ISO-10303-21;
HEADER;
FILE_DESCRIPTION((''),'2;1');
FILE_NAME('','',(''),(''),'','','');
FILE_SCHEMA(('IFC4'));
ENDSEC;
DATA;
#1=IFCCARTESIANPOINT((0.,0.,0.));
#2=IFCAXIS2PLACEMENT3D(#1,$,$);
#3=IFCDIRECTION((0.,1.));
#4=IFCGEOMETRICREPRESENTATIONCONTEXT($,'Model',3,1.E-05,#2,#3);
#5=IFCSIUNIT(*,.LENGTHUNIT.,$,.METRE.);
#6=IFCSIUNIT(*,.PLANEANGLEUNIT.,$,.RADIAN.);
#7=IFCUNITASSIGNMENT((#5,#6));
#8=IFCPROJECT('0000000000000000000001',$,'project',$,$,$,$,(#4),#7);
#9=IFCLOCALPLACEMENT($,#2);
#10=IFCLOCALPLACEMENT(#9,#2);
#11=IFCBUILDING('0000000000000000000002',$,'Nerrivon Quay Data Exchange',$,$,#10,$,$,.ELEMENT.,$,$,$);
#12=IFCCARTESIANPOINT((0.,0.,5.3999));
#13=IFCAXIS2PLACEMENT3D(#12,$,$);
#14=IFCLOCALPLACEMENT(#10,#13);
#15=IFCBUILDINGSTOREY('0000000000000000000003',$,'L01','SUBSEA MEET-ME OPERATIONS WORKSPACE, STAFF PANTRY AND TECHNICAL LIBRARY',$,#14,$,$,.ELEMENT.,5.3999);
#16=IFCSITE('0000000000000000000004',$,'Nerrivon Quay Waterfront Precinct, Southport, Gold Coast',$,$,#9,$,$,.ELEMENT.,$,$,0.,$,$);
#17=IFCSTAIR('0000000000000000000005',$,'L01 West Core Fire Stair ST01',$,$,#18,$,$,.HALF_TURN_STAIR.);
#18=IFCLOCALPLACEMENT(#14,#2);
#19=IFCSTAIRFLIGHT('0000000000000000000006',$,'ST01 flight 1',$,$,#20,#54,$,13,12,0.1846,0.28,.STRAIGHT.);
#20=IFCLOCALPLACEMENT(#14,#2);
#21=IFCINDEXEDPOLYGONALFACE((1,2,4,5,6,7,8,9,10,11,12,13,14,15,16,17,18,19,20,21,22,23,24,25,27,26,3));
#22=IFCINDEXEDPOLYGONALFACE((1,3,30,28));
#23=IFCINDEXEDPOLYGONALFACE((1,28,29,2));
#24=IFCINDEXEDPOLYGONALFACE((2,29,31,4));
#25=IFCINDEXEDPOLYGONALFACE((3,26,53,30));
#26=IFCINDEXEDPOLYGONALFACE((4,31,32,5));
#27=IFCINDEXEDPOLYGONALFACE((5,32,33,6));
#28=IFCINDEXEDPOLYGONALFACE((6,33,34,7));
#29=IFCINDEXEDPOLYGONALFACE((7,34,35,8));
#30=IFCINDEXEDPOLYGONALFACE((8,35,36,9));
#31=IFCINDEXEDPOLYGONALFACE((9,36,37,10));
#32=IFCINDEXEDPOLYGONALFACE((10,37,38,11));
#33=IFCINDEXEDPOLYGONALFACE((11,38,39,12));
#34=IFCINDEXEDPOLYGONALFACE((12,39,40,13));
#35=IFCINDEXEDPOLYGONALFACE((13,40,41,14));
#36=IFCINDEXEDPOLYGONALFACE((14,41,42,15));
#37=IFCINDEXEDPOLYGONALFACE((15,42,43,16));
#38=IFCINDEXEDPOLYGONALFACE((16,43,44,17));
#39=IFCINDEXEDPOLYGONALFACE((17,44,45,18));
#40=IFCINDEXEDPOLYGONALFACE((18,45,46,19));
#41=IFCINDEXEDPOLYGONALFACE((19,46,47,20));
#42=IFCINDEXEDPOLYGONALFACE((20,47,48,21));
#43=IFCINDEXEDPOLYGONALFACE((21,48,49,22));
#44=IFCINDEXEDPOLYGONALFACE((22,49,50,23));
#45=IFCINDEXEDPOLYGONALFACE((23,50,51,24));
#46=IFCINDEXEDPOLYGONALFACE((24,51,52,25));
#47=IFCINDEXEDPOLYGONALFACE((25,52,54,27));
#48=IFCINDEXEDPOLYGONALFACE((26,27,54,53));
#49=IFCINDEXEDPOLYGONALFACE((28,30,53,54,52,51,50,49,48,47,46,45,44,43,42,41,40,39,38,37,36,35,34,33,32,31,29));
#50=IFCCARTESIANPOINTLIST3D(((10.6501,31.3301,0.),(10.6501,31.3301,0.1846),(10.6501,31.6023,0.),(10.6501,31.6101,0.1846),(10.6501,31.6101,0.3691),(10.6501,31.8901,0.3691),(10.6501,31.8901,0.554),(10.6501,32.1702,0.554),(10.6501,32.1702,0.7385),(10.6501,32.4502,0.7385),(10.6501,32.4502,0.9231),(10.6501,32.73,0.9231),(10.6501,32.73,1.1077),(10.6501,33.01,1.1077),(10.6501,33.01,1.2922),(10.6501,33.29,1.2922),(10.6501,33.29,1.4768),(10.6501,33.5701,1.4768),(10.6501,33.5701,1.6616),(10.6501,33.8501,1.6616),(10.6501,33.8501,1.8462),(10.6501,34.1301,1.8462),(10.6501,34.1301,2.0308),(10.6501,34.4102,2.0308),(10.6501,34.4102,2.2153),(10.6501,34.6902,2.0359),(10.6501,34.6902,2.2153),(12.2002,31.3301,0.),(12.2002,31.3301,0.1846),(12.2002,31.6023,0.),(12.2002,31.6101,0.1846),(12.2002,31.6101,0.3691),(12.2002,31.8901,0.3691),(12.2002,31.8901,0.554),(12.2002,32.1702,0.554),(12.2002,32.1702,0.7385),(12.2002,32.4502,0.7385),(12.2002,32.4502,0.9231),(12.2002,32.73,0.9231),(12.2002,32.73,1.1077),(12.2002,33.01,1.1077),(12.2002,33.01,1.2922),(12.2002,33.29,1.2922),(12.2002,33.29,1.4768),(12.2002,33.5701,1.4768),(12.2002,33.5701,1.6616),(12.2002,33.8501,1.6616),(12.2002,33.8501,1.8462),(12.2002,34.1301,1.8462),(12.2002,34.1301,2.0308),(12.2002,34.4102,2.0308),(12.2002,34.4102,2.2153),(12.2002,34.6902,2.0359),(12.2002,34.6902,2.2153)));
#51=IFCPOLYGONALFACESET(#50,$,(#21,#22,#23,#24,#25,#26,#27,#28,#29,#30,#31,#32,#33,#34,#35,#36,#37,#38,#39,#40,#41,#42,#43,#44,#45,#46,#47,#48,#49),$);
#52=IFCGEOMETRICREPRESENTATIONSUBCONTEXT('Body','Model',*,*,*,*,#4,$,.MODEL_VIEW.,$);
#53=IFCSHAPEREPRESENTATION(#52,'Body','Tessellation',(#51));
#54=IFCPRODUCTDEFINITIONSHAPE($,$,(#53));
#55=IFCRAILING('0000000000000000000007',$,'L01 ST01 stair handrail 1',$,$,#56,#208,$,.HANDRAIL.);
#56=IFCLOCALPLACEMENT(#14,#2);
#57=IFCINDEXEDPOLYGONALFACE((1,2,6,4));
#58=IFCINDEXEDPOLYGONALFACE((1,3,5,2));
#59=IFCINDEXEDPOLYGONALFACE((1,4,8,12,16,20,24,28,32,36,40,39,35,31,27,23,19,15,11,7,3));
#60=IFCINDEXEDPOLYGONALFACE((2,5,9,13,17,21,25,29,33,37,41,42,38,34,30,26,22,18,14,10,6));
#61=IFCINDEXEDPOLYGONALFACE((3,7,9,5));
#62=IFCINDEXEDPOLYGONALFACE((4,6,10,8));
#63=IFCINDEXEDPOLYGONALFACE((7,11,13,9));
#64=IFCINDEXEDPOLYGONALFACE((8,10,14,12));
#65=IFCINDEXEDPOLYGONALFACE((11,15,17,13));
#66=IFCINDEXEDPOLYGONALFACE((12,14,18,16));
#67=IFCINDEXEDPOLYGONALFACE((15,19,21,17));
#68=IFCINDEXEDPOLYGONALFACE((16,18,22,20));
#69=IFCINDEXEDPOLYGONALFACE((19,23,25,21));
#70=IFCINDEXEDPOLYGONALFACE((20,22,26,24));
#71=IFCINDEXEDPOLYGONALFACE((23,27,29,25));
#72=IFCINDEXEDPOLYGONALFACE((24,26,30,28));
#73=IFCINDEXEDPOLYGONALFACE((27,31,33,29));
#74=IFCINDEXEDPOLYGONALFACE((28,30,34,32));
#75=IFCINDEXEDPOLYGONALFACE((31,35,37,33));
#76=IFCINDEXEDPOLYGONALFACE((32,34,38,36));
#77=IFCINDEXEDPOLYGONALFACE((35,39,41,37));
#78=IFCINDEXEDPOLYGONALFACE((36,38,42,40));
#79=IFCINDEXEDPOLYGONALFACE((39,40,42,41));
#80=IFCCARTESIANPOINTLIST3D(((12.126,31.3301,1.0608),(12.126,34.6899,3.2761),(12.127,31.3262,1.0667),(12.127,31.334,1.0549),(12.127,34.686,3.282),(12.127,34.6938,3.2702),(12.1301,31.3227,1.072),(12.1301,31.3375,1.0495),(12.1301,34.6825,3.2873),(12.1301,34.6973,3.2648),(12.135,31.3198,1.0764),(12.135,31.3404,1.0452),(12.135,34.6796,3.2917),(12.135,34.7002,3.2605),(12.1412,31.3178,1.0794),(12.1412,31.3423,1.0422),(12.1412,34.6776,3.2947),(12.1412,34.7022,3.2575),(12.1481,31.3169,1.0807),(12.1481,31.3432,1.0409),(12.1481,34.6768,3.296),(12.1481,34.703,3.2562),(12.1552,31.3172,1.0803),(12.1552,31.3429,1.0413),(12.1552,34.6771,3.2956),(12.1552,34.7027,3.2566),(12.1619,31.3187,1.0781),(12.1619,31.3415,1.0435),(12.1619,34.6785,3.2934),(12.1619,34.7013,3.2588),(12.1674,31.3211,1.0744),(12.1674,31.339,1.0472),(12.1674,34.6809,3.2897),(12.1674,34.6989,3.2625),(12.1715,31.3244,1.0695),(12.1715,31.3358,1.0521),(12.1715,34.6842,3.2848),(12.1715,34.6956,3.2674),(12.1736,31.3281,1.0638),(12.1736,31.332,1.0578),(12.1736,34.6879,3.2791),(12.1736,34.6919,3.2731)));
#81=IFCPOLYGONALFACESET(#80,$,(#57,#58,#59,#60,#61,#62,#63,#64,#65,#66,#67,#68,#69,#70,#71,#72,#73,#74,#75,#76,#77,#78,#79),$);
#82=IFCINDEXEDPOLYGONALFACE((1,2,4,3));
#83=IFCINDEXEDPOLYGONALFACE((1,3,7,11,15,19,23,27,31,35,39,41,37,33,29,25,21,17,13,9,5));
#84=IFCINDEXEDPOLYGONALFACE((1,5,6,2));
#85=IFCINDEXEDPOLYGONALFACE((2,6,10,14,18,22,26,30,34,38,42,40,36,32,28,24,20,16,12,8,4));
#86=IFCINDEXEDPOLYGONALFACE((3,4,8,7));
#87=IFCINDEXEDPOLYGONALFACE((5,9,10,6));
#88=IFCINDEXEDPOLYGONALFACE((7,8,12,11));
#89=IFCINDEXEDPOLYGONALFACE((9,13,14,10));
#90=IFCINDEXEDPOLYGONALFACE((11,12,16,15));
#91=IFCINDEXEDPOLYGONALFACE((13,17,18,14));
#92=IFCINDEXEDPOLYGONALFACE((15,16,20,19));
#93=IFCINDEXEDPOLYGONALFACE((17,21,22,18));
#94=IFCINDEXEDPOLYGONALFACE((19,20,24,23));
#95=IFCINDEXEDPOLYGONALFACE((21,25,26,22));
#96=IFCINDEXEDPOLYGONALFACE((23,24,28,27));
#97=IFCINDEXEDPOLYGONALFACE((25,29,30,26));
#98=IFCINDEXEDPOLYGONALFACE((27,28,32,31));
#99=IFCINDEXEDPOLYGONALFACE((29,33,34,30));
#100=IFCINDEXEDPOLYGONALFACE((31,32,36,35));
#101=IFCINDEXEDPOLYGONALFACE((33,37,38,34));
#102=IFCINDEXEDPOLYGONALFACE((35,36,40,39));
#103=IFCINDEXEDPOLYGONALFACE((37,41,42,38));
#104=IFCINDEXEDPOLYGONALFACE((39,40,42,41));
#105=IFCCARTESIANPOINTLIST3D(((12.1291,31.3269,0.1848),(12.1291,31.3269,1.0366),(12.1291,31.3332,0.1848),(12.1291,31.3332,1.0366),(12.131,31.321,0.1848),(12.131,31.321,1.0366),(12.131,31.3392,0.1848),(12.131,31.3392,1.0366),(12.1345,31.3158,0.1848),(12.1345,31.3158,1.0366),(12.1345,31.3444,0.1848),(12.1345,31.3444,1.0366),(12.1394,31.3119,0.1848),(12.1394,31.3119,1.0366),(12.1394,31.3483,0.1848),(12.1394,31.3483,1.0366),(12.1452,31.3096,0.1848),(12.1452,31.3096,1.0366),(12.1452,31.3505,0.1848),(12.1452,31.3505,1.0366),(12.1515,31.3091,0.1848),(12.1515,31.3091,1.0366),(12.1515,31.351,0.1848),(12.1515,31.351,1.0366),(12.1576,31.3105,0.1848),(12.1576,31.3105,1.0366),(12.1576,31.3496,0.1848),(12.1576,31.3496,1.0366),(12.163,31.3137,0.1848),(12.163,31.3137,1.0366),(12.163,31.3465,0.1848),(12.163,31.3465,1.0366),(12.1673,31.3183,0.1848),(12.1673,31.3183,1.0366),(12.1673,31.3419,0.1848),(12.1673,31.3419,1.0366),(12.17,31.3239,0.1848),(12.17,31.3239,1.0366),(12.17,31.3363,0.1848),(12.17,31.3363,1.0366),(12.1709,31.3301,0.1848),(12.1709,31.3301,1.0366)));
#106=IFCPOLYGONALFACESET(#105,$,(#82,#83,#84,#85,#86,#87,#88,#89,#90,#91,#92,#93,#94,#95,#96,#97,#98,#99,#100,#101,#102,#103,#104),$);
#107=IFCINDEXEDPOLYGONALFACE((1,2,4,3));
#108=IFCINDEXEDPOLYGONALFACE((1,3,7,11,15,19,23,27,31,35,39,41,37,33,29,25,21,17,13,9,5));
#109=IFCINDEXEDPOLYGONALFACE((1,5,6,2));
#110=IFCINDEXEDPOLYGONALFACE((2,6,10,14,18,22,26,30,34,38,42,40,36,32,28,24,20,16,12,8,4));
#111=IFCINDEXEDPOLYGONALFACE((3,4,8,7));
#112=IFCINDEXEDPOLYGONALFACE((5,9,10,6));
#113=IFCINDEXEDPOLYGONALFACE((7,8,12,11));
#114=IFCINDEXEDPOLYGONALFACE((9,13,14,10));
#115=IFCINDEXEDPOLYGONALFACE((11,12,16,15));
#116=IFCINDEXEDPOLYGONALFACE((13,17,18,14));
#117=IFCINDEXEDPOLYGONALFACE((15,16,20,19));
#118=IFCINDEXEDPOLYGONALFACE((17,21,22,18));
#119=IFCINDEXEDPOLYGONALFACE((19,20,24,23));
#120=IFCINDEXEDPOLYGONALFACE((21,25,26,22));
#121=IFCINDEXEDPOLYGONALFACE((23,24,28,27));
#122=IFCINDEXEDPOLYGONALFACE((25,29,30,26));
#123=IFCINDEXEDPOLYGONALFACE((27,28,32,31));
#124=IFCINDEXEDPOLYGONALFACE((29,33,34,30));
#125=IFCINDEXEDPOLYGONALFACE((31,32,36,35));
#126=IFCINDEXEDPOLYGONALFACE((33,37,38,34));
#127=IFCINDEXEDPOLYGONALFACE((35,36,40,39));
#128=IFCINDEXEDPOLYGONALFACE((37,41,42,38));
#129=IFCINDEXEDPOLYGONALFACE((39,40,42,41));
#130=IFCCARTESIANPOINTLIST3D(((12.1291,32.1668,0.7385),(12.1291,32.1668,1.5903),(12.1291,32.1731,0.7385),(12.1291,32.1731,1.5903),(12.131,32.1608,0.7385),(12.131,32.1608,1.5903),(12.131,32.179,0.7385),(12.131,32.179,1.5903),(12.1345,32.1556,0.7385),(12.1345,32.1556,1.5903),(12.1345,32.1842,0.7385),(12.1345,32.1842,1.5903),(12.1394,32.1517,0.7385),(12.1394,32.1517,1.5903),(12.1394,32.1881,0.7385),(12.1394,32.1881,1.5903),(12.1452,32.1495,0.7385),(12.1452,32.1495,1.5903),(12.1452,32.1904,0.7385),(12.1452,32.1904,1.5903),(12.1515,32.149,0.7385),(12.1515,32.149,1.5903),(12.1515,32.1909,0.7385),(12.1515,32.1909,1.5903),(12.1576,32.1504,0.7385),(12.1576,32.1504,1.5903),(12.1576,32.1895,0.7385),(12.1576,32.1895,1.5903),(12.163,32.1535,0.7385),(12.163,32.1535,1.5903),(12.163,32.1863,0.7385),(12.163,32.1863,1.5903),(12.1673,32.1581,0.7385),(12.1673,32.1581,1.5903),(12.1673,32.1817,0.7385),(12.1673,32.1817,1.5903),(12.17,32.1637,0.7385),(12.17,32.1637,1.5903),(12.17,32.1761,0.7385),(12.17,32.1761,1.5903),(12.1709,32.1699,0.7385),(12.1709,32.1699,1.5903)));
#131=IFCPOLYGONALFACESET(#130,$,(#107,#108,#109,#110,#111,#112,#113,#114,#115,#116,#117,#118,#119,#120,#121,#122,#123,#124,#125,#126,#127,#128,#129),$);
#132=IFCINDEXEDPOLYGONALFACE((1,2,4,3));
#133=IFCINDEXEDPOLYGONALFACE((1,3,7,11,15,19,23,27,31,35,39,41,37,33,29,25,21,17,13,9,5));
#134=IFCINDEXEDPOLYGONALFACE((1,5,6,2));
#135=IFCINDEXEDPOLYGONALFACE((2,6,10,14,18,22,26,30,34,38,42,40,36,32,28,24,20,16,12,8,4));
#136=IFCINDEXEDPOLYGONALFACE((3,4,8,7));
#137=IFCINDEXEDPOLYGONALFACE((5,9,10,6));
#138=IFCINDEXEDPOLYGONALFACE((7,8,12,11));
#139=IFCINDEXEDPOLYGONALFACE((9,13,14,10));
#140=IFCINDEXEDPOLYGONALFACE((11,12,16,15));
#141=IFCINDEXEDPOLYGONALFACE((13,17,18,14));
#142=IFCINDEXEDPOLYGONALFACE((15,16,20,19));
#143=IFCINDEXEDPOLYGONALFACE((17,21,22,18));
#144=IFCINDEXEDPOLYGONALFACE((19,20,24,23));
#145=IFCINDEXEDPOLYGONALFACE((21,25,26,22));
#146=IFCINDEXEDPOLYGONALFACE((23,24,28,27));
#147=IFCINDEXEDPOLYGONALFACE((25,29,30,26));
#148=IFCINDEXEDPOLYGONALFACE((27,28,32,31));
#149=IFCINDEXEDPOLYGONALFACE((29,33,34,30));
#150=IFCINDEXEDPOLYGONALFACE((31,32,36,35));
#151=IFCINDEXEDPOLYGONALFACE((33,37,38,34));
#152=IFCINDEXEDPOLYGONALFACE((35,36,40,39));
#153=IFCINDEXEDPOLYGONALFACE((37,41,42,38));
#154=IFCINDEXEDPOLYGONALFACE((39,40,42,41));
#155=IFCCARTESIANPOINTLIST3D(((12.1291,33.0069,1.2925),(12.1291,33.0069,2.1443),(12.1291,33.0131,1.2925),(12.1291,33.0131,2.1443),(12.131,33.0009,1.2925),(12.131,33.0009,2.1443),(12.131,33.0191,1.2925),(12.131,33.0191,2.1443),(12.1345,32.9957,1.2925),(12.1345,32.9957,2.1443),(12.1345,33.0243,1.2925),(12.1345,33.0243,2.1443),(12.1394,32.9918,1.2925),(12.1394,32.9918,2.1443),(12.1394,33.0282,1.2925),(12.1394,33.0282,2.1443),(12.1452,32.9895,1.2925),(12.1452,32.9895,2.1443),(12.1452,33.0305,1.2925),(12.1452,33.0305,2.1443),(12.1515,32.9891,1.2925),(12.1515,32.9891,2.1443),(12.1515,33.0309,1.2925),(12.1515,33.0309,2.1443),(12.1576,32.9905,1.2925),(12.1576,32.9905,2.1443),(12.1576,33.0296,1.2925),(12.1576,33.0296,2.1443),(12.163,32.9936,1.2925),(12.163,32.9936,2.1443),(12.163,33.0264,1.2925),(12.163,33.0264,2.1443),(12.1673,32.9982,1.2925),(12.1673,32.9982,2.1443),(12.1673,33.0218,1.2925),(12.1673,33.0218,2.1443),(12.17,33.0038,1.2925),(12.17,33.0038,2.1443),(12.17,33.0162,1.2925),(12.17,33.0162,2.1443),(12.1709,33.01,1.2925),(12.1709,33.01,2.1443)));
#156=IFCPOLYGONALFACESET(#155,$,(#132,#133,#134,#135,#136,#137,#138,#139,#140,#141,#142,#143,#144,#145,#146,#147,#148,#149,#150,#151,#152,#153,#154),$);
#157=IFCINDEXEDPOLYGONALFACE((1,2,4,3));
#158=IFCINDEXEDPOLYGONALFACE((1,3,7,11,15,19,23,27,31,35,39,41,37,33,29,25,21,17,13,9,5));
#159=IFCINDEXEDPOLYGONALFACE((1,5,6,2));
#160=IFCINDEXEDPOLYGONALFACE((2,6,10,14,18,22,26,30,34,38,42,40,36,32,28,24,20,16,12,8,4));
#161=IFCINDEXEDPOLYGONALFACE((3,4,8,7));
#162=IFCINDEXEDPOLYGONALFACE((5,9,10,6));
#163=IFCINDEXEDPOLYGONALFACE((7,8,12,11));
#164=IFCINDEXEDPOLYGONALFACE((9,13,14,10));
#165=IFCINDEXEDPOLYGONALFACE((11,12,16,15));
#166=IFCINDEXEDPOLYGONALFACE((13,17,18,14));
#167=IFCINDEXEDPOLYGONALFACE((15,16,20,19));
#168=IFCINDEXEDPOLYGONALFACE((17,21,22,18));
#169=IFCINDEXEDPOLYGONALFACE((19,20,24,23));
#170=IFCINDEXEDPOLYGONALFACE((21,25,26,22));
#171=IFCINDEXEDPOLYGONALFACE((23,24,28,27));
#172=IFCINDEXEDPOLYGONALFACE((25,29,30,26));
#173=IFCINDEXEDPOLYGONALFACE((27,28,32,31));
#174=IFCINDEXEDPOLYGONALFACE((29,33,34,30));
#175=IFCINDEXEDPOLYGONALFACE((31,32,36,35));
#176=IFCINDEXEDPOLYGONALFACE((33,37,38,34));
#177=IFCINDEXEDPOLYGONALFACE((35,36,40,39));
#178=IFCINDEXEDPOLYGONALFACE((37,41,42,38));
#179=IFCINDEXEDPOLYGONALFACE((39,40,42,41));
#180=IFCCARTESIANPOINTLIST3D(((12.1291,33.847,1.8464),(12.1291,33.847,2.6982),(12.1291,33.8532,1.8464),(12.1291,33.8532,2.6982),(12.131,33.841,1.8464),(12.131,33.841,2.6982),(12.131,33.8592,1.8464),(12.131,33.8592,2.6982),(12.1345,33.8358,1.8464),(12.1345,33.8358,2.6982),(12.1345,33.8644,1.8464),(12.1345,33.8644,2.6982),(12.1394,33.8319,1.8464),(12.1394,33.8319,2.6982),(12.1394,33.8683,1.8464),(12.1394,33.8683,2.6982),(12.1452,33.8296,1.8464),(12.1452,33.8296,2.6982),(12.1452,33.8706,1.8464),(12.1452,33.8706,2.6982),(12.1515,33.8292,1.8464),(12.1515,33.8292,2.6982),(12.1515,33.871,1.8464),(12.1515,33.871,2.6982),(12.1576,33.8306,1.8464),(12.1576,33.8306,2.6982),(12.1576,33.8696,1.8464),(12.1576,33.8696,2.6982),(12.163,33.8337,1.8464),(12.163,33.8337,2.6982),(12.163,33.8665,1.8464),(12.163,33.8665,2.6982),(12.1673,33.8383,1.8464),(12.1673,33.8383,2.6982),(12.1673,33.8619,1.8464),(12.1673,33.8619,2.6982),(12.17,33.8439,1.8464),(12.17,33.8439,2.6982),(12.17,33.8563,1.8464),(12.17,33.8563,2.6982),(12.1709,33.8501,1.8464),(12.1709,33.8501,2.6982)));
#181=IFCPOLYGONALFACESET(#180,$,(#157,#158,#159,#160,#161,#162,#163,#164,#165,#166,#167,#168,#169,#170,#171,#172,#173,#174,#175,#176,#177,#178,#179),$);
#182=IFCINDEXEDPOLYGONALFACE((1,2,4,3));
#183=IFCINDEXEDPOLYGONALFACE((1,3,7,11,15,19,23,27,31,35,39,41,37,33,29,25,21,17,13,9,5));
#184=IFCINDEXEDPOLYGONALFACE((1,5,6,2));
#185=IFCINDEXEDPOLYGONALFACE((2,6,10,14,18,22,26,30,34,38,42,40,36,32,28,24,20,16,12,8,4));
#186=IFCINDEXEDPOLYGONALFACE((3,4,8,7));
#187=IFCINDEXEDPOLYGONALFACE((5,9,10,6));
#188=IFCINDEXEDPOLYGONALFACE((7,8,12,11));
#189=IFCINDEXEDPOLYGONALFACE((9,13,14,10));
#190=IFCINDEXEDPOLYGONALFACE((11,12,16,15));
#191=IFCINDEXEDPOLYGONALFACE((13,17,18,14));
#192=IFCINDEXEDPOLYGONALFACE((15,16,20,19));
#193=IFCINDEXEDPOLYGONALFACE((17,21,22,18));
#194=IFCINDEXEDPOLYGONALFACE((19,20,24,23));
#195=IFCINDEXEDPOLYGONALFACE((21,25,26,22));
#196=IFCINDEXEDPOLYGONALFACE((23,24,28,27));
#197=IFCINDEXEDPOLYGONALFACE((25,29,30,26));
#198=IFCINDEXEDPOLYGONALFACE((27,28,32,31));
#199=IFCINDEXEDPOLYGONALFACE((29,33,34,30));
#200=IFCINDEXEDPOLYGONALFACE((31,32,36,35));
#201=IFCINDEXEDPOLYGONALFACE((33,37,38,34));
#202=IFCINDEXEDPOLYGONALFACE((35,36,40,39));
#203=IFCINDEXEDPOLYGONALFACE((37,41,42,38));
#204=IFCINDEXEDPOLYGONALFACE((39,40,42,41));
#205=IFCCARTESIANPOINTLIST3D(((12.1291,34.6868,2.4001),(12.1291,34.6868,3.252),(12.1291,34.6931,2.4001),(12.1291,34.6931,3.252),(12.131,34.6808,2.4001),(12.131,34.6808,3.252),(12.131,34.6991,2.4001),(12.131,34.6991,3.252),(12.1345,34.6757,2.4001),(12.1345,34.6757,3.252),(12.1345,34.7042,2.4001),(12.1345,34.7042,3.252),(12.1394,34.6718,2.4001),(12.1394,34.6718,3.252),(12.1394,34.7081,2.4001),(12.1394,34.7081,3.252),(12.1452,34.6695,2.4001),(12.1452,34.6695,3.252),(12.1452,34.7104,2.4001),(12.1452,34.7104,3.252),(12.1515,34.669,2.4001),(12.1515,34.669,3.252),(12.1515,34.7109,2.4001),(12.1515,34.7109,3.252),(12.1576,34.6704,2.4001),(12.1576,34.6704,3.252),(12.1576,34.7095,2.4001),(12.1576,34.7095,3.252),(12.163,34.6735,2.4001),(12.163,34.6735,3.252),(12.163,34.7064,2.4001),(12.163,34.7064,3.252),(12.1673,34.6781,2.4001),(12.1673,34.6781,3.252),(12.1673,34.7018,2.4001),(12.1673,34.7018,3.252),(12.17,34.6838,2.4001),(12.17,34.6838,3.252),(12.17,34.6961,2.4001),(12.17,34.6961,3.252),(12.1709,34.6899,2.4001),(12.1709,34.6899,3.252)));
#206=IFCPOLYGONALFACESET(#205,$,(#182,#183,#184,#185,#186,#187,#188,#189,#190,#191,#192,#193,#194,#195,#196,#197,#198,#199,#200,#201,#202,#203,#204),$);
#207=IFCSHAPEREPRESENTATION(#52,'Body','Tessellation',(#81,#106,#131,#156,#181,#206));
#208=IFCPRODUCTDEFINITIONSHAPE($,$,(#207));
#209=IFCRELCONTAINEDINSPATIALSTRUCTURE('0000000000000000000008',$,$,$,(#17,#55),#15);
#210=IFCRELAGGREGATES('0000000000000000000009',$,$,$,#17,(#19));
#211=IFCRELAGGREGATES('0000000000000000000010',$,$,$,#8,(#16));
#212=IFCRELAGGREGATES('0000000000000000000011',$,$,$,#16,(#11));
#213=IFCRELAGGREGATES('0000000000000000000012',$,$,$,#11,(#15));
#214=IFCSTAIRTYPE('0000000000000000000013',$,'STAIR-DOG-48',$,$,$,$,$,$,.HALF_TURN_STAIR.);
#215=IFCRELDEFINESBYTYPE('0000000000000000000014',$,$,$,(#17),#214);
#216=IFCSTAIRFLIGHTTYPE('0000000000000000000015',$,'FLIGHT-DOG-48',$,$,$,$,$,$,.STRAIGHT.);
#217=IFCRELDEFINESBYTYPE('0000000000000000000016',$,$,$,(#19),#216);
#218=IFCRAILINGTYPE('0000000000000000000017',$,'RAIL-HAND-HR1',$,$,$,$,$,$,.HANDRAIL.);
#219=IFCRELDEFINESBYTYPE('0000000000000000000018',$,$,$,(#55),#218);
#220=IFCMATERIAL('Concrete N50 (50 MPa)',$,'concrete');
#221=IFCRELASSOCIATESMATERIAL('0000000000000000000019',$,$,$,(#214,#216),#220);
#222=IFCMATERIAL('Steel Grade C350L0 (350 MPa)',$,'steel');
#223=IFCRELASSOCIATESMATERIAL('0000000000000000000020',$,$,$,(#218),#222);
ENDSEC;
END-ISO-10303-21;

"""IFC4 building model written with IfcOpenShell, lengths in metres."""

from ifc_helpers import new_model, si_unit, direction, frame, origin, origin_2d, place, context, subcontext, project, spatial, polyline, circle, outline, extrude, material, type_object, element, aggregate, save


model = new_model("IFC4")

# Units and contexts
model_context = context("Model", 3, precision=1e-05, world=origin(), true_north=direction((0.0, 1.0)))
body_context = subcontext(model_context, "Body", "Model", "MODEL_VIEW")
ifc_project = project(units=[si_unit("LENGTHUNIT", "METRE"), si_unit("PLANEANGLEUNIT", "RADIAN")], contexts=[model_context])

# Site, building, storey
site_placement = place(None, origin())
site = spatial("IfcSite", under=ifc_project, at=site_placement, Name="Nerrivon Quay Waterfront Precinct, Southport, Gold Coast", CompositionType="ELEMENT", RefElevation=0.0)
building_placement = place(site_placement, origin())
building = spatial("IfcBuilding", under=site, at=building_placement, Name="Nerrivon Quay Data Exchange", CompositionType="ELEMENT")
storey_placement = place(building_placement, frame((0.0, 0.0, 5.3999)))
storey = spatial("IfcBuildingStorey", under=building, at=storey_placement, Name="L01", Description="SUBSEA MEET-ME OPERATIONS WORKSPACE, STAFF PANTRY AND TECHNICAL LIBRARY", CompositionType="ELEMENT", Elevation=5.3999)

# Shared definitions
ifc_material_1 = material(Name="Concrete N50 (50 MPa)", Category="concrete")

# Stair, stair flight
stair_type = type_object("IfcStairType", Name="STAIR-DOG-48", PredefinedType="HALF_TURN_STAIR", material=ifc_material_1)
stair_placement = place(storey_placement, origin())
stair = element("IfcStair", 1, at=stair_placement, inside=storey, type_object=stair_type, Name="L01 West Core Fire Stair ST01", PredefinedType="HALF_TURN_STAIR")
stair_flight_type = type_object("IfcStairFlightType", Name="FLIGHT-DOG-48", PredefinedType="STRAIGHT", material=ifc_material_1)
stair_flight_placement = place(storey_placement, frame((11.425, 31.3301, 0.0), z_axis=(0.0, 0.0, 1.0), x_axis=(0.0, 1.0, 0.0)))
stair_flight = element("IfcStairFlight", 2, at=stair_flight_placement, type_object=stair_flight_type, Name="ST01 flight 1", NumberOfRisers=13, NumberOfTreads=12, PredefinedType="STRAIGHT", RiserHeight=0.1846, TreadLength=0.28, context=body_context, shape_type="SweptSolid", body=[
    extrude(outline(polyline([(0.0, 0.0), (0.0, 0.1846), (0.28, 0.1846), (0.28, 0.3691), (0.5601, 0.3691), (0.5601, 0.554), (0.8401, 0.554), (0.8401, 0.7385), (1.1201, 0.7385), (1.1201, 0.9231), (1.3999, 0.9231), (1.3999, 1.1077), (1.6799, 1.1077), (1.6799, 1.2922), (1.96, 1.2922), (1.96, 1.4768), (2.24, 1.4768), (2.24, 1.6616), (2.52, 1.6616), (2.52, 1.8462), (2.8, 1.8462), (2.8, 2.0308), (3.0801, 2.0308), (3.0801, 2.2153), (3.3601, 2.2153), (3.3601, 2.3999), (3.3601, 2.0359), (0.2722, 0.0), (0.0, 0.0)])), frame((0.0, 0.7749, 0.0), z_axis=(0.0, -1.0, 0.0), x_axis=(1.0, 0.0, 0.0)), (0.0, 0.0, 1.0), 1.55),
])
aggregate(stair, [stair_flight])

# Railing
ifc_material_2 = material(Name="Steel Grade C350L0 (350 MPa)", Category="steel")
railing_type_1 = type_object("IfcRailingType", Name="RAIL-HAND-HR1", PredefinedType="HANDRAIL", material=ifc_material_2)
railing_1_placement = place(storey_placement, frame((12.1499, 31.3301, 0.1848)))
element("IfcRailing", 3, at=railing_1_placement, inside=storey, type_object=railing_type_1, Name="L01 ST01 stair handrail 1", PredefinedType="HANDRAIL", context=body_context, shape_type="SweptSolid", body=[
    extrude(circle(Radius=0.0239, at=origin_2d()), frame((0.0, 0.0, 0.876), z_axis=(0.0, 0.834858, 0.550465), x_axis=(-1.0, 0.0, 0.0)), (0.0, 0.0, 1.0), 4.0244),
    extrude(circle(Radius=0.021, at=origin_2d()), origin(), (0.0, 0.0, 1.0), 0.8518),
    extrude(circle(Radius=0.021, at=origin_2d()), frame((0.0, 0.8398, 0.5537)), (0.0, 0.0, 1.0), 0.8518),
    extrude(circle(Radius=0.021, at=origin_2d()), frame((0.0, 1.6799, 1.1077)), (0.0, 0.0, 1.0), 0.8518),
    extrude(circle(Radius=0.021, at=origin_2d()), frame((0.0, 2.52, 1.6616)), (0.0, 0.0, 1.0), 0.8518),
    extrude(circle(Radius=0.021, at=origin_2d()), frame((0.0, 3.3599, 2.2153)), (0.0, 0.0, 1.0), 0.8518),
])

save(model, "model.ifc")
